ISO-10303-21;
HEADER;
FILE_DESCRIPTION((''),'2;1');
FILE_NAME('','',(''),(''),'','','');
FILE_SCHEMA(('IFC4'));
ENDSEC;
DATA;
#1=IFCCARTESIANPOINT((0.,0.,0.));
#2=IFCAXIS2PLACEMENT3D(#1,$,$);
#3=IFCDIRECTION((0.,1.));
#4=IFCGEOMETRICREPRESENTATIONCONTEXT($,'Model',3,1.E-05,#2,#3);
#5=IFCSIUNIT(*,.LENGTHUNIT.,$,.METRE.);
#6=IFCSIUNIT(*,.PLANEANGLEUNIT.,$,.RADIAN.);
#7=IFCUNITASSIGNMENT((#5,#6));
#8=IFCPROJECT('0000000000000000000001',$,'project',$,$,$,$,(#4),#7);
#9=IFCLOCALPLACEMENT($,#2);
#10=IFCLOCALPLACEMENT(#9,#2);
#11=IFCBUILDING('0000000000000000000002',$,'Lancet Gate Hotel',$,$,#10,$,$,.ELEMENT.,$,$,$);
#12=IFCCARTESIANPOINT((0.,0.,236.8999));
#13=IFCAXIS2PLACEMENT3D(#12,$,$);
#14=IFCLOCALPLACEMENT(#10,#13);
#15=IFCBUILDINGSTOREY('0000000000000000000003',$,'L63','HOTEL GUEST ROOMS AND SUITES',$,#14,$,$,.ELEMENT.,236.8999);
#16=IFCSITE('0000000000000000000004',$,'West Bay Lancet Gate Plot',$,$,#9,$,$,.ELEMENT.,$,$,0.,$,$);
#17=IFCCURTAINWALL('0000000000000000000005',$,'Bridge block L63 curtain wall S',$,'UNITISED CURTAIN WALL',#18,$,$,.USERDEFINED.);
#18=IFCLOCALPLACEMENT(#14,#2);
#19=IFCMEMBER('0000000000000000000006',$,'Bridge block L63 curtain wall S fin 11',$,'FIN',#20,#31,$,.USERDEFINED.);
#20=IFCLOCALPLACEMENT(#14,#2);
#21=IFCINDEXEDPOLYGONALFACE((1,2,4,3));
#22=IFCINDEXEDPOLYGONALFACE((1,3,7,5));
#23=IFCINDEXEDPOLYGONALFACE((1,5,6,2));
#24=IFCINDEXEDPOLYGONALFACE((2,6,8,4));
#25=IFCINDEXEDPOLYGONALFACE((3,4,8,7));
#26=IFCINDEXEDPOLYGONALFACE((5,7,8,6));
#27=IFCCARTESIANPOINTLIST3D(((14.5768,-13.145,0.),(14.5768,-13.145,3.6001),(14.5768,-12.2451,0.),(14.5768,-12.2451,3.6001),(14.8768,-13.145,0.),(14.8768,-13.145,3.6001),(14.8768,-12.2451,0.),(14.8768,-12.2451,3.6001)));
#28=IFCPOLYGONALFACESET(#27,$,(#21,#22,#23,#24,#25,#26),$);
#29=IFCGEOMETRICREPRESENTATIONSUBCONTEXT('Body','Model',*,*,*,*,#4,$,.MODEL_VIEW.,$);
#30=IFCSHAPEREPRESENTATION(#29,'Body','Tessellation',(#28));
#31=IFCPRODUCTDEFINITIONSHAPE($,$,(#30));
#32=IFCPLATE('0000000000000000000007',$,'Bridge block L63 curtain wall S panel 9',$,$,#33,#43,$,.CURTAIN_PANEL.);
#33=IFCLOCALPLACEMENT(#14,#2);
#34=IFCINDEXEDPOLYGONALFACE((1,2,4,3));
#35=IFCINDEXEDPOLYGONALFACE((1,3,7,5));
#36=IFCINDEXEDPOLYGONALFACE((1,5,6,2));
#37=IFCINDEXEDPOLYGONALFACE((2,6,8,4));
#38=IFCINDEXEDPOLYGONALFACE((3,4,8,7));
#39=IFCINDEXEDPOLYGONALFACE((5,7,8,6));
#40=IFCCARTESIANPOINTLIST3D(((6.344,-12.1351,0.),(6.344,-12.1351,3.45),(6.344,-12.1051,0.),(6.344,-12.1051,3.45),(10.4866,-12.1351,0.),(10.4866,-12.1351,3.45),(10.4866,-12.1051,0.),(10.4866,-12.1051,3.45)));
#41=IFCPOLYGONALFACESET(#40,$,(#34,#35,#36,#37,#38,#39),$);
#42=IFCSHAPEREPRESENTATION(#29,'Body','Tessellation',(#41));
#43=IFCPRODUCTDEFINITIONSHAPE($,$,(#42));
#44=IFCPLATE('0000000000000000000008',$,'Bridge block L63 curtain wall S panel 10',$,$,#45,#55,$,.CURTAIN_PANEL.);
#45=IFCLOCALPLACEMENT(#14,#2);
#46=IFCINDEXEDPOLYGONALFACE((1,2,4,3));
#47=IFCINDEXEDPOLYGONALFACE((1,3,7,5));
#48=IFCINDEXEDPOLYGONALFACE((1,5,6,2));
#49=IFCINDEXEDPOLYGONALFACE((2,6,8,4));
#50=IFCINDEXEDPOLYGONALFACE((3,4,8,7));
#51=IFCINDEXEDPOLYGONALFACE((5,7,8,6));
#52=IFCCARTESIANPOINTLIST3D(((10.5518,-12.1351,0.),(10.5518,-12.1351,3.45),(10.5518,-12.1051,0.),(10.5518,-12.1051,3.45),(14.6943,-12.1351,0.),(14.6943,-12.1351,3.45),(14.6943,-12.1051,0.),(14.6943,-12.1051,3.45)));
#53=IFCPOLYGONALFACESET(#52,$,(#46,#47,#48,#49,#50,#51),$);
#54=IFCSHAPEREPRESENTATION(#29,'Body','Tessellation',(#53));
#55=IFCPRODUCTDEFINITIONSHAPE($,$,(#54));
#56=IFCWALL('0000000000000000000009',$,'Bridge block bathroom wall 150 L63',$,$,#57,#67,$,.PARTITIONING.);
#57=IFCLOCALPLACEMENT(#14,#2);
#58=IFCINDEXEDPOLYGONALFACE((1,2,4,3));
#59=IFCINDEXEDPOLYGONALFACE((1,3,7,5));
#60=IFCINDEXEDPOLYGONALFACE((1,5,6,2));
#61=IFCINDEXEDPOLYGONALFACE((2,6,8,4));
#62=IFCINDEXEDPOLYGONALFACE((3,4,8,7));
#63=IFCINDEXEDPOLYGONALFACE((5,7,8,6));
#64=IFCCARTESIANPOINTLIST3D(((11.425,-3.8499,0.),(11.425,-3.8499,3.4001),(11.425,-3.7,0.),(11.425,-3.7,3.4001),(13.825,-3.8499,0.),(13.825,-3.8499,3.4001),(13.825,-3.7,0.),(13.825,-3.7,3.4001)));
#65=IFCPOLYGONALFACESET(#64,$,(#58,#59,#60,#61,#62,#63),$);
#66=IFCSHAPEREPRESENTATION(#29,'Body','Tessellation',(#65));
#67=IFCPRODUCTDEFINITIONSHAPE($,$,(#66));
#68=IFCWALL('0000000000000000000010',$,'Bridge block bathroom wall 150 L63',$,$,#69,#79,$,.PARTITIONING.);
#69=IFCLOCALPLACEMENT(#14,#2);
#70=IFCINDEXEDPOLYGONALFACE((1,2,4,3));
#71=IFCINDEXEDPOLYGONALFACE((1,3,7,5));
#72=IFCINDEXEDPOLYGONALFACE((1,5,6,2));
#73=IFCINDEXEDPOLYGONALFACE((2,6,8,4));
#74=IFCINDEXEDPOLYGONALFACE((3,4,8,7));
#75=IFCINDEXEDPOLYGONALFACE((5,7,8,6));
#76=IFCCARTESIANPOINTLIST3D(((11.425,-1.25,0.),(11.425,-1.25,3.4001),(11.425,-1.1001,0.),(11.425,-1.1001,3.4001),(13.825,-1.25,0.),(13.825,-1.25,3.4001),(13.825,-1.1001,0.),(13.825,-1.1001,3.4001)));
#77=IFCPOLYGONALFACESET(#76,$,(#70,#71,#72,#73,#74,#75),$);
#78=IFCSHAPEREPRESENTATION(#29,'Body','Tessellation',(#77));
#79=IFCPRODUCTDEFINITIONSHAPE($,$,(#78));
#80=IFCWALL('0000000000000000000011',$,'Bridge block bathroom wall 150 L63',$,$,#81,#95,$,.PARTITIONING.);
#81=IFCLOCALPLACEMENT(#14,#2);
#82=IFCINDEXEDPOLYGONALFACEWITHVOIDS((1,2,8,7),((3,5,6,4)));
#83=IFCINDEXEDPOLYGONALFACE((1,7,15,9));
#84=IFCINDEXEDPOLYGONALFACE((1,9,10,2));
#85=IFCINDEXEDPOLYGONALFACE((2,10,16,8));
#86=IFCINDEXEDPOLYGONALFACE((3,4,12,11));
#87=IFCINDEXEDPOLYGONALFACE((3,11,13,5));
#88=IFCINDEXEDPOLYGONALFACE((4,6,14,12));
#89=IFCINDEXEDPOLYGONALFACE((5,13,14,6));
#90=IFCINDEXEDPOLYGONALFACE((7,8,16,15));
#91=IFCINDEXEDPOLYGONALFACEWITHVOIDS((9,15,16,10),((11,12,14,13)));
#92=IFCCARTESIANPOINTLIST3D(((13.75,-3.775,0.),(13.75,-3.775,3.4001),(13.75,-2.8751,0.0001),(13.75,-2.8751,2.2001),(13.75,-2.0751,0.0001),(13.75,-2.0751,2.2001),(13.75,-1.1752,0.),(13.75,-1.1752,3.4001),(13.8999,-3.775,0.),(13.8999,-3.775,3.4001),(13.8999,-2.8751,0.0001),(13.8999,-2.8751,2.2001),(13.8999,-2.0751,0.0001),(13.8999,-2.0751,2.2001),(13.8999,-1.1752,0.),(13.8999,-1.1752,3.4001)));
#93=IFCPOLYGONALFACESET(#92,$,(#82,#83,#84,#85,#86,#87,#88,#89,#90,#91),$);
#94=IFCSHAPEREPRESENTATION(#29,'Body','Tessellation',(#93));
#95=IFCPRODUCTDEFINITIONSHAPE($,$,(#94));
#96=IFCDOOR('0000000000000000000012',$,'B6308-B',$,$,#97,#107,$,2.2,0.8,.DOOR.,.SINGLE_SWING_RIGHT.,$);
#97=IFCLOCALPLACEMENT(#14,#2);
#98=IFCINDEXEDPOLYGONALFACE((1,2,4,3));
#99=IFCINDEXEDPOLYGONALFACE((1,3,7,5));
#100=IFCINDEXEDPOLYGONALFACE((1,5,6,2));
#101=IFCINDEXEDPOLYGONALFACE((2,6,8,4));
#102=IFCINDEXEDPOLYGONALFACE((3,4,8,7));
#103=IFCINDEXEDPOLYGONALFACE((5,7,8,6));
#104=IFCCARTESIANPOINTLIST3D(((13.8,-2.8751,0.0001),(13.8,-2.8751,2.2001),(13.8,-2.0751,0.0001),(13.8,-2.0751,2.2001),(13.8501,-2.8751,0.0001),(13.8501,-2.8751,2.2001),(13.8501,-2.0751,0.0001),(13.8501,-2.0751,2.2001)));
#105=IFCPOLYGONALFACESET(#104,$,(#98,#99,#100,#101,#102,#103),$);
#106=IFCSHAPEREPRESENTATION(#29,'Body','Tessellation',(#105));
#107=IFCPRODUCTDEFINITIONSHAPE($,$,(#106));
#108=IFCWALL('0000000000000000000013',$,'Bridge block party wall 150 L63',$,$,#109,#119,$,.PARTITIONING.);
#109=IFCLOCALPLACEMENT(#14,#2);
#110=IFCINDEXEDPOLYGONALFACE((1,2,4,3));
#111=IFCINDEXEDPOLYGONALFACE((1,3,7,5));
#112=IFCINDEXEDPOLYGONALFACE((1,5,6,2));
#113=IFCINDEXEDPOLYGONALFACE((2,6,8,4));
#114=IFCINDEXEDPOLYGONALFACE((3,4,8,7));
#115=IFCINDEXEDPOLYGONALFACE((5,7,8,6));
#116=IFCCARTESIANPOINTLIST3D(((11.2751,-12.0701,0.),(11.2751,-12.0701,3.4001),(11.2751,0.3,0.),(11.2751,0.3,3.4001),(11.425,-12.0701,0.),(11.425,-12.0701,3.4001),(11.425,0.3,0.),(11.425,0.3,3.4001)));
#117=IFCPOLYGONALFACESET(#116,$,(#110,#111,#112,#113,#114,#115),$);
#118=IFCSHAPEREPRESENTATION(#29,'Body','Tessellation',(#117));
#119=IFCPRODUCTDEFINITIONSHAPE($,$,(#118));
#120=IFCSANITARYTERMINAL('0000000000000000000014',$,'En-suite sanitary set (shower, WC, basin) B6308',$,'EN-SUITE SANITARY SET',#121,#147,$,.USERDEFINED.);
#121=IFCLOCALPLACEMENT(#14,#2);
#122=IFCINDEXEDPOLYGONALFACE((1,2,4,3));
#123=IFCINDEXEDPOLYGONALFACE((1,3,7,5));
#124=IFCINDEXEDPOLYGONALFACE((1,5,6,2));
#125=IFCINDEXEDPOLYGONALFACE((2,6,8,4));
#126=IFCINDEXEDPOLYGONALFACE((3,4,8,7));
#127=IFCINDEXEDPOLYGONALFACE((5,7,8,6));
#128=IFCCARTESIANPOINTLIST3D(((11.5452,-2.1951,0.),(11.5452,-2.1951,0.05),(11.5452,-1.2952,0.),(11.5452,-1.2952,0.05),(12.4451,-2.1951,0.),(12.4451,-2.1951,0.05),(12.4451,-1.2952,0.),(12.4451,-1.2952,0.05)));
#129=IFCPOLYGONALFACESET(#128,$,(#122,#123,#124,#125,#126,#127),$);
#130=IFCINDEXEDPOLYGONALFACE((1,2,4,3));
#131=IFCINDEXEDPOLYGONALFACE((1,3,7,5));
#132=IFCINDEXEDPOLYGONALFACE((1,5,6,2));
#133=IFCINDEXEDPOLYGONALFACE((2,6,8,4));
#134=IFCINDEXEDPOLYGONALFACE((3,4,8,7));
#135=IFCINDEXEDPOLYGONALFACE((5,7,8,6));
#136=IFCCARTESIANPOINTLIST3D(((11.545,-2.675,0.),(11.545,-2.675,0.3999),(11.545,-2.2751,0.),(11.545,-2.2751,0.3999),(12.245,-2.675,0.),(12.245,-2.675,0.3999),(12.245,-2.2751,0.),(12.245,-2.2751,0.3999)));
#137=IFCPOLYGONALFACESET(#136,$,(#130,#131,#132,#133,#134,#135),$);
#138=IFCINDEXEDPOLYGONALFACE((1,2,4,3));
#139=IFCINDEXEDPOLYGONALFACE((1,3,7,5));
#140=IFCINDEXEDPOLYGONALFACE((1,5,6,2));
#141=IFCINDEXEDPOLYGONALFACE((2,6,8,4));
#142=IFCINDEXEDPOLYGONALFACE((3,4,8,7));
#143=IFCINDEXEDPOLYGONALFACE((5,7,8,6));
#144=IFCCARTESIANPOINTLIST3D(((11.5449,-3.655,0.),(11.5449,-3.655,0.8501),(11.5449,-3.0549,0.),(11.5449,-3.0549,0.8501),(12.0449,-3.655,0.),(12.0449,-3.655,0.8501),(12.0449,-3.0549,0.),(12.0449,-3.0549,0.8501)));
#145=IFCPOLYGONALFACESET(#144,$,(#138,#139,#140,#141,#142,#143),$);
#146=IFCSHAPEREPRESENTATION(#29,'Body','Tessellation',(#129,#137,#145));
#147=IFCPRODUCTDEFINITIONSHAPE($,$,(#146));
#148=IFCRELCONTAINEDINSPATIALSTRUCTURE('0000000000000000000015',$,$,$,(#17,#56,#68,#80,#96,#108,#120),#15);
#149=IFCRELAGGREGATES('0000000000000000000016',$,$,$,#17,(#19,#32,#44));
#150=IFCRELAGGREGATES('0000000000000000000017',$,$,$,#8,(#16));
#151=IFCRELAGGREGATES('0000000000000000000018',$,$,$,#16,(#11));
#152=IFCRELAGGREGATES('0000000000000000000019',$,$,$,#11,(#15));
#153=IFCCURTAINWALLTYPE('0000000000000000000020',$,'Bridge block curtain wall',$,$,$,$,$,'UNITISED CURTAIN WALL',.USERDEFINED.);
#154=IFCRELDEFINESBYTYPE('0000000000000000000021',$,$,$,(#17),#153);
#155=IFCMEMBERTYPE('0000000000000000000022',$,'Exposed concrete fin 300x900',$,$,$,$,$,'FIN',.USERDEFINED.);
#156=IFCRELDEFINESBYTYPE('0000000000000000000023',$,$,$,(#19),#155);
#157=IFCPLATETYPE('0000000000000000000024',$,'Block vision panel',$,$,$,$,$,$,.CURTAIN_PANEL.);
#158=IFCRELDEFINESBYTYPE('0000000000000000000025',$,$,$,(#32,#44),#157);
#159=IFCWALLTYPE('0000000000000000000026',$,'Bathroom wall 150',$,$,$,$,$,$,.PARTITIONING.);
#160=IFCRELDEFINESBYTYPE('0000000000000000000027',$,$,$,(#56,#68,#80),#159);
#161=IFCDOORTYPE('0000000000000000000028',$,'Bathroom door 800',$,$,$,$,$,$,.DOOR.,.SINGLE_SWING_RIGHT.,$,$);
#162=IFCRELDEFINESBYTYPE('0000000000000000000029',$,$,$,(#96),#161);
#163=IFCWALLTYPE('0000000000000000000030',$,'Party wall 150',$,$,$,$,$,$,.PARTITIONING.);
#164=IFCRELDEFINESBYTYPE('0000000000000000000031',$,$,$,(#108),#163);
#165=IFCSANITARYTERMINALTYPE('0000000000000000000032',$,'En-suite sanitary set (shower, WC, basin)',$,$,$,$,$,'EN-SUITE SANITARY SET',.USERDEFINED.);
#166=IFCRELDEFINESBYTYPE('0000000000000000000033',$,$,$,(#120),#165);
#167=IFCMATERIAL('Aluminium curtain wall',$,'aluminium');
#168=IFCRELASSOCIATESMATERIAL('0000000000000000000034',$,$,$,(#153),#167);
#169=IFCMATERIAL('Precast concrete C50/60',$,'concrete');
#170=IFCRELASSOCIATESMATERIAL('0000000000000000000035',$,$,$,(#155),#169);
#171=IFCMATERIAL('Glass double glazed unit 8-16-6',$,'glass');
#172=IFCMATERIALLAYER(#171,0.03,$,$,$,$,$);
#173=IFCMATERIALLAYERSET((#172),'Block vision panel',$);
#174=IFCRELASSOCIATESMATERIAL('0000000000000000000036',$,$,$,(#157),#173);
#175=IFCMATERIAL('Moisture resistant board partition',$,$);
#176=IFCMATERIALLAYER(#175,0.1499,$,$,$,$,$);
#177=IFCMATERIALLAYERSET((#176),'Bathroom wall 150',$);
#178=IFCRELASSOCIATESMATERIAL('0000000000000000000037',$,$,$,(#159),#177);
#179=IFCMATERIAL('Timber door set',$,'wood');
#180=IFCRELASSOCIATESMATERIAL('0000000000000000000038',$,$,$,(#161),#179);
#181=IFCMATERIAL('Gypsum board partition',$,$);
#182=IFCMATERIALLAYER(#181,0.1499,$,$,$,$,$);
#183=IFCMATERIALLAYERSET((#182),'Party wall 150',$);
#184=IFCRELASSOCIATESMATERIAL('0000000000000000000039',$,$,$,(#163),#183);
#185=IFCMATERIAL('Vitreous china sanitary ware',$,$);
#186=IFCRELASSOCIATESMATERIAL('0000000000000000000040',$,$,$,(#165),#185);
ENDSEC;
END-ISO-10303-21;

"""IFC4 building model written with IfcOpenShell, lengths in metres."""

from ifc_helpers import new_model, si_unit, direction, frame, frame_2d, origin, origin_2d, place, context, subcontext, project, spatial, rectangle, extrude, material, layer, layer_set, material_profile, profile_set, type_object, element, fill, aggregate, save


model = new_model("IFC4")

# Units and contexts
model_context = context("Model", 3, precision=1e-05, world=origin(), true_north=direction((0.0, 1.0)))
body_context = subcontext(model_context, "Body", "Model", "MODEL_VIEW")
ifc_project = project(units=[si_unit("LENGTHUNIT", "METRE"), si_unit("PLANEANGLEUNIT", "RADIAN")], contexts=[model_context])

# Site, building, storey
site_placement = place(None, origin())
site = spatial("IfcSite", under=ifc_project, at=site_placement, Name="West Bay Lancet Gate Plot", CompositionType="ELEMENT", RefElevation=0.0)
building_placement = place(site_placement, origin())
building = spatial("IfcBuilding", under=site, at=building_placement, Name="Lancet Gate Hotel", CompositionType="ELEMENT")
storey_placement = place(building_placement, frame((0.0, 0.0, 236.8999)))
storey = spatial("IfcBuildingStorey", under=building, at=storey_placement, Name="L63", Description="HOTEL GUEST ROOMS AND SUITES", CompositionType="ELEMENT", Elevation=236.8999)

# Curtain wall
ifc_material_1 = material(Name="Aluminium curtain wall", Category="aluminium")
curtain_wall_type = type_object("IfcCurtainWallType", Name="Bridge block curtain wall", ElementType="UNITISED CURTAIN WALL", PredefinedType="USERDEFINED", material=ifc_material_1)
curtain_wall_placement = place(storey_placement, origin())
curtain_wall = element("IfcCurtainWall", 1, at=curtain_wall_placement, inside=storey, type_object=curtain_wall_type, Name="Bridge block L63 curtain wall S", ObjectType="UNITISED CURTAIN WALL", PredefinedType="USERDEFINED")

# Member
ifc_material_2 = material(Name="Precast concrete C50/60", Category="concrete")
ifc_material_profile_1 = material_profile(ifc_material_2, rectangle(XDim=0.3, YDim=0.8999, at=origin_2d()), Name="FIN 300x900")
ifc_profile_set_1 = profile_set([ifc_material_profile_1], Name="Precast concrete C50/60")
member_type_1 = type_object("IfcMemberType", Name="Exposed concrete fin 300x900", ElementType="FIN", PredefinedType="USERDEFINED", material=ifc_profile_set_1)
member_1_placement = place(storey_placement, frame((14.7268, -12.6951, 0.0), z_axis=(0.0, 0.0, 1.0), x_axis=(1.0, 0.0, 0.0)))
member_1 = element("IfcMember", 2, at=member_1_placement, type_object=member_type_1, Name="Bridge block L63 curtain wall S fin 11", ObjectType="FIN", PredefinedType="USERDEFINED", context=body_context, shape_type="SweptSolid", body=[
    extrude(rectangle(XDim=0.3, YDim=0.8999, at=origin_2d()), origin(), (0.0, 0.0, 1.0), 3.6001),
])

# Plates
ifc_material_3 = material(Name="Glass double glazed unit 8-16-6", Category="glass")
ifc_layer_1 = layer(ifc_material_3, 0.03)
ifc_layer_set_1 = layer_set([ifc_layer_1], Name="Block vision panel")
plate_type = type_object("IfcPlateType", Name="Block vision panel", PredefinedType="CURTAIN_PANEL", material=ifc_layer_set_1)
plate_1_placement = place(storey_placement, frame((8.4153, -12.1201, 0.0), z_axis=(0.0, 0.0, 1.0), x_axis=(1.0, 0.0, 0.0)))
plate_1 = element("IfcPlate", 3, at=plate_1_placement, type_object=plate_type, Name="Bridge block L63 curtain wall S panel 9", PredefinedType="CURTAIN_PANEL", context=body_context, shape_type="SweptSolid", body=[
    extrude(rectangle(XDim=4.1426, YDim=0.03, at=origin_2d()), origin(), (0.0, 0.0, 1.0), 3.45),
])
plate_2_placement = place(storey_placement, frame((12.623, -12.1201, 0.0), z_axis=(0.0, 0.0, 1.0), x_axis=(1.0, 0.0, 0.0)))
plate_2 = element("IfcPlate", 4, at=plate_2_placement, type_object=plate_type, Name="Bridge block L63 curtain wall S panel 10", PredefinedType="CURTAIN_PANEL", context=body_context, shape_type="SweptSolid", body=[
    extrude(rectangle(XDim=4.1426, YDim=0.03, at=origin_2d()), origin(), (0.0, 0.0, 1.0), 3.45),
])
aggregate(curtain_wall, [member_1, plate_1, plate_2])

# Walls
ifc_material_4 = material(Name="Moisture resistant board partition")
ifc_layer_2 = layer(ifc_material_4, 0.1499)
ifc_layer_set_2 = layer_set([ifc_layer_2], Name="Bathroom wall 150")
wall_type_1 = type_object("IfcWallType", Name="Bathroom wall 150", PredefinedType="PARTITIONING", material=ifc_layer_set_2)
for number, where, z_axis, x_axis, name in (
    (5, (11.425, -3.7749, 0.0), (0.0, 0.0, 1.0), (1.0, 0.0, 0.0), "Bridge block bathroom wall 150 L63"),
    (6, (11.425, -1.175, 0.0), (0.0, 0.0, 1.0), (1.0, 0.0, 0.0), "Bridge block bathroom wall 150 L63"),
):
    element("IfcWall", number, at=place(storey_placement, frame(where, z_axis=z_axis, x_axis=x_axis)), inside=storey, type_object=wall_type_1, Name=name, PredefinedType="PARTITIONING", context=body_context, shape_type="SweptSolid", body=[
        extrude(rectangle(XDim=2.3999, YDim=0.1499, at=frame_2d((1.2, 0.0))), origin(), (0.0, 0.0, 1.0), 3.4001),
    ])

# Wall, opening, door
wall_1_placement = place(storey_placement, frame((13.825, -3.7749, 0.0), z_axis=(0.0, 0.0, 1.0), x_axis=(0.0, 1.0, 0.0)))
wall_1 = element("IfcWall", 7, at=wall_1_placement, inside=storey, type_object=wall_type_1, Name="Bridge block bathroom wall 150 L63", PredefinedType="PARTITIONING", context=body_context, shape_type="SweptSolid", body=[
    extrude(rectangle(XDim=2.5999, YDim=0.1499, at=frame_2d((1.2998, 0.0))), origin(), (0.0, 0.0, 1.0), 3.4001),
])
opening_placement = place(wall_1_placement, frame((0.8999, 0.0, 0.0)))
opening = element("IfcOpeningElement", 8, at=opening_placement, cuts=wall_1, PredefinedType="OPENING", context=body_context, shape_type="SweptSolid", body=[
    extrude(rectangle(XDim=0.8, YDim=2.2, at=frame_2d((0.3999, 1.1001))), frame((0.0, 0.085, 0.0), z_axis=(0.0, -1.0, 0.0), x_axis=(1.0, 0.0, 0.0)), (0.0, 0.0, 1.0), 0.1699),
])
ifc_material_5 = material(Name="Timber door set", Category="wood")
door_type = type_object("IfcDoorType", Name="Bathroom door 800", OperationType="SINGLE_SWING_RIGHT", PredefinedType="DOOR", material=ifc_material_5)
door_placement = place(opening_placement, origin())
door = element("IfcDoor", 9, at=door_placement, inside=storey, type_object=door_type, Name="B6308-B", OperationType="SINGLE_SWING_RIGHT", OverallHeight=2.2, OverallWidth=0.8, PredefinedType="DOOR", context=body_context, shape_type="SweptSolid", body=[
    extrude(rectangle(XDim=0.8, YDim=2.2, at=frame_2d((0.3999, 1.1001))), frame((0.0, 0.0249, 0.0), z_axis=(0.0, -1.0, 0.0), x_axis=(1.0, 0.0, 0.0)), (0.0, 0.0, 1.0), 0.05),
])
fill(opening, door)

# Wall
ifc_material_6 = material(Name="Gypsum board partition")
ifc_layer_3 = layer(ifc_material_6, 0.1499)
ifc_layer_set_3 = layer_set([ifc_layer_3], Name="Party wall 150")
wall_type_2 = type_object("IfcWallType", Name="Party wall 150", PredefinedType="PARTITIONING", material=ifc_layer_set_3)
wall_2_placement = place(storey_placement, frame((11.3501, -12.0701, 0.0), z_axis=(0.0, 0.0, 1.0), x_axis=(0.0, 1.0, 0.0)))
element("IfcWall", 10, at=wall_2_placement, inside=storey, type_object=wall_type_2, Name="Bridge block party wall 150 L63", PredefinedType="PARTITIONING", context=body_context, shape_type="SweptSolid", body=[
    extrude(rectangle(XDim=12.3701, YDim=0.1499, at=frame_2d((6.1851, 0.0))), origin(), (0.0, 0.0, 1.0), 3.4001),
])

# Sanitary terminal
ifc_material_7 = material(Name="Vitreous china sanitary ware")
sanitary_terminal_type = type_object("IfcSanitaryTerminalType", Name="En-suite sanitary set (shower, WC, basin)", ElementType="EN-SUITE SANITARY SET", PredefinedType="USERDEFINED", material=ifc_material_7)
sanitary_terminal_placement = place(storey_placement, frame((11.9951, -1.7451, 0.0), z_axis=(0.0, 0.0, 1.0), x_axis=(1.0, 0.0, 0.0)))
element("IfcSanitaryTerminal", 11, at=sanitary_terminal_placement, inside=storey, type_object=sanitary_terminal_type, Name="En-suite sanitary set (shower, WC, basin) B6308", ObjectType="EN-SUITE SANITARY SET", PredefinedType="USERDEFINED", context=body_context, shape_type="SweptSolid", body=[
    extrude(rectangle(XDim=0.8999, YDim=0.8999, at=origin_2d()), frame((0.0, 0.0, 0.0), z_axis=(0.0, 0.0, 1.0), x_axis=(0.0, 1.0, 0.0)), (0.0, 0.0, 1.0), 0.05),
    extrude(rectangle(XDim=0.3999, YDim=0.7, at=origin_2d()), frame((-0.1001, -0.73, 0.0), z_axis=(0.0, 0.0, 1.0), x_axis=(0.0, 1.0, 0.0)), (0.0, 0.0, 1.0), 0.3999),
    extrude(rectangle(XDim=0.6001, YDim=0.5, at=origin_2d()), frame((-0.2002, -1.6099, 0.0), z_axis=(0.0, 0.0, 1.0), x_axis=(0.0, 1.0, 0.0)), (0.0, 0.0, 1.0), 0.8501),
])

save(model, "model.ifc")
